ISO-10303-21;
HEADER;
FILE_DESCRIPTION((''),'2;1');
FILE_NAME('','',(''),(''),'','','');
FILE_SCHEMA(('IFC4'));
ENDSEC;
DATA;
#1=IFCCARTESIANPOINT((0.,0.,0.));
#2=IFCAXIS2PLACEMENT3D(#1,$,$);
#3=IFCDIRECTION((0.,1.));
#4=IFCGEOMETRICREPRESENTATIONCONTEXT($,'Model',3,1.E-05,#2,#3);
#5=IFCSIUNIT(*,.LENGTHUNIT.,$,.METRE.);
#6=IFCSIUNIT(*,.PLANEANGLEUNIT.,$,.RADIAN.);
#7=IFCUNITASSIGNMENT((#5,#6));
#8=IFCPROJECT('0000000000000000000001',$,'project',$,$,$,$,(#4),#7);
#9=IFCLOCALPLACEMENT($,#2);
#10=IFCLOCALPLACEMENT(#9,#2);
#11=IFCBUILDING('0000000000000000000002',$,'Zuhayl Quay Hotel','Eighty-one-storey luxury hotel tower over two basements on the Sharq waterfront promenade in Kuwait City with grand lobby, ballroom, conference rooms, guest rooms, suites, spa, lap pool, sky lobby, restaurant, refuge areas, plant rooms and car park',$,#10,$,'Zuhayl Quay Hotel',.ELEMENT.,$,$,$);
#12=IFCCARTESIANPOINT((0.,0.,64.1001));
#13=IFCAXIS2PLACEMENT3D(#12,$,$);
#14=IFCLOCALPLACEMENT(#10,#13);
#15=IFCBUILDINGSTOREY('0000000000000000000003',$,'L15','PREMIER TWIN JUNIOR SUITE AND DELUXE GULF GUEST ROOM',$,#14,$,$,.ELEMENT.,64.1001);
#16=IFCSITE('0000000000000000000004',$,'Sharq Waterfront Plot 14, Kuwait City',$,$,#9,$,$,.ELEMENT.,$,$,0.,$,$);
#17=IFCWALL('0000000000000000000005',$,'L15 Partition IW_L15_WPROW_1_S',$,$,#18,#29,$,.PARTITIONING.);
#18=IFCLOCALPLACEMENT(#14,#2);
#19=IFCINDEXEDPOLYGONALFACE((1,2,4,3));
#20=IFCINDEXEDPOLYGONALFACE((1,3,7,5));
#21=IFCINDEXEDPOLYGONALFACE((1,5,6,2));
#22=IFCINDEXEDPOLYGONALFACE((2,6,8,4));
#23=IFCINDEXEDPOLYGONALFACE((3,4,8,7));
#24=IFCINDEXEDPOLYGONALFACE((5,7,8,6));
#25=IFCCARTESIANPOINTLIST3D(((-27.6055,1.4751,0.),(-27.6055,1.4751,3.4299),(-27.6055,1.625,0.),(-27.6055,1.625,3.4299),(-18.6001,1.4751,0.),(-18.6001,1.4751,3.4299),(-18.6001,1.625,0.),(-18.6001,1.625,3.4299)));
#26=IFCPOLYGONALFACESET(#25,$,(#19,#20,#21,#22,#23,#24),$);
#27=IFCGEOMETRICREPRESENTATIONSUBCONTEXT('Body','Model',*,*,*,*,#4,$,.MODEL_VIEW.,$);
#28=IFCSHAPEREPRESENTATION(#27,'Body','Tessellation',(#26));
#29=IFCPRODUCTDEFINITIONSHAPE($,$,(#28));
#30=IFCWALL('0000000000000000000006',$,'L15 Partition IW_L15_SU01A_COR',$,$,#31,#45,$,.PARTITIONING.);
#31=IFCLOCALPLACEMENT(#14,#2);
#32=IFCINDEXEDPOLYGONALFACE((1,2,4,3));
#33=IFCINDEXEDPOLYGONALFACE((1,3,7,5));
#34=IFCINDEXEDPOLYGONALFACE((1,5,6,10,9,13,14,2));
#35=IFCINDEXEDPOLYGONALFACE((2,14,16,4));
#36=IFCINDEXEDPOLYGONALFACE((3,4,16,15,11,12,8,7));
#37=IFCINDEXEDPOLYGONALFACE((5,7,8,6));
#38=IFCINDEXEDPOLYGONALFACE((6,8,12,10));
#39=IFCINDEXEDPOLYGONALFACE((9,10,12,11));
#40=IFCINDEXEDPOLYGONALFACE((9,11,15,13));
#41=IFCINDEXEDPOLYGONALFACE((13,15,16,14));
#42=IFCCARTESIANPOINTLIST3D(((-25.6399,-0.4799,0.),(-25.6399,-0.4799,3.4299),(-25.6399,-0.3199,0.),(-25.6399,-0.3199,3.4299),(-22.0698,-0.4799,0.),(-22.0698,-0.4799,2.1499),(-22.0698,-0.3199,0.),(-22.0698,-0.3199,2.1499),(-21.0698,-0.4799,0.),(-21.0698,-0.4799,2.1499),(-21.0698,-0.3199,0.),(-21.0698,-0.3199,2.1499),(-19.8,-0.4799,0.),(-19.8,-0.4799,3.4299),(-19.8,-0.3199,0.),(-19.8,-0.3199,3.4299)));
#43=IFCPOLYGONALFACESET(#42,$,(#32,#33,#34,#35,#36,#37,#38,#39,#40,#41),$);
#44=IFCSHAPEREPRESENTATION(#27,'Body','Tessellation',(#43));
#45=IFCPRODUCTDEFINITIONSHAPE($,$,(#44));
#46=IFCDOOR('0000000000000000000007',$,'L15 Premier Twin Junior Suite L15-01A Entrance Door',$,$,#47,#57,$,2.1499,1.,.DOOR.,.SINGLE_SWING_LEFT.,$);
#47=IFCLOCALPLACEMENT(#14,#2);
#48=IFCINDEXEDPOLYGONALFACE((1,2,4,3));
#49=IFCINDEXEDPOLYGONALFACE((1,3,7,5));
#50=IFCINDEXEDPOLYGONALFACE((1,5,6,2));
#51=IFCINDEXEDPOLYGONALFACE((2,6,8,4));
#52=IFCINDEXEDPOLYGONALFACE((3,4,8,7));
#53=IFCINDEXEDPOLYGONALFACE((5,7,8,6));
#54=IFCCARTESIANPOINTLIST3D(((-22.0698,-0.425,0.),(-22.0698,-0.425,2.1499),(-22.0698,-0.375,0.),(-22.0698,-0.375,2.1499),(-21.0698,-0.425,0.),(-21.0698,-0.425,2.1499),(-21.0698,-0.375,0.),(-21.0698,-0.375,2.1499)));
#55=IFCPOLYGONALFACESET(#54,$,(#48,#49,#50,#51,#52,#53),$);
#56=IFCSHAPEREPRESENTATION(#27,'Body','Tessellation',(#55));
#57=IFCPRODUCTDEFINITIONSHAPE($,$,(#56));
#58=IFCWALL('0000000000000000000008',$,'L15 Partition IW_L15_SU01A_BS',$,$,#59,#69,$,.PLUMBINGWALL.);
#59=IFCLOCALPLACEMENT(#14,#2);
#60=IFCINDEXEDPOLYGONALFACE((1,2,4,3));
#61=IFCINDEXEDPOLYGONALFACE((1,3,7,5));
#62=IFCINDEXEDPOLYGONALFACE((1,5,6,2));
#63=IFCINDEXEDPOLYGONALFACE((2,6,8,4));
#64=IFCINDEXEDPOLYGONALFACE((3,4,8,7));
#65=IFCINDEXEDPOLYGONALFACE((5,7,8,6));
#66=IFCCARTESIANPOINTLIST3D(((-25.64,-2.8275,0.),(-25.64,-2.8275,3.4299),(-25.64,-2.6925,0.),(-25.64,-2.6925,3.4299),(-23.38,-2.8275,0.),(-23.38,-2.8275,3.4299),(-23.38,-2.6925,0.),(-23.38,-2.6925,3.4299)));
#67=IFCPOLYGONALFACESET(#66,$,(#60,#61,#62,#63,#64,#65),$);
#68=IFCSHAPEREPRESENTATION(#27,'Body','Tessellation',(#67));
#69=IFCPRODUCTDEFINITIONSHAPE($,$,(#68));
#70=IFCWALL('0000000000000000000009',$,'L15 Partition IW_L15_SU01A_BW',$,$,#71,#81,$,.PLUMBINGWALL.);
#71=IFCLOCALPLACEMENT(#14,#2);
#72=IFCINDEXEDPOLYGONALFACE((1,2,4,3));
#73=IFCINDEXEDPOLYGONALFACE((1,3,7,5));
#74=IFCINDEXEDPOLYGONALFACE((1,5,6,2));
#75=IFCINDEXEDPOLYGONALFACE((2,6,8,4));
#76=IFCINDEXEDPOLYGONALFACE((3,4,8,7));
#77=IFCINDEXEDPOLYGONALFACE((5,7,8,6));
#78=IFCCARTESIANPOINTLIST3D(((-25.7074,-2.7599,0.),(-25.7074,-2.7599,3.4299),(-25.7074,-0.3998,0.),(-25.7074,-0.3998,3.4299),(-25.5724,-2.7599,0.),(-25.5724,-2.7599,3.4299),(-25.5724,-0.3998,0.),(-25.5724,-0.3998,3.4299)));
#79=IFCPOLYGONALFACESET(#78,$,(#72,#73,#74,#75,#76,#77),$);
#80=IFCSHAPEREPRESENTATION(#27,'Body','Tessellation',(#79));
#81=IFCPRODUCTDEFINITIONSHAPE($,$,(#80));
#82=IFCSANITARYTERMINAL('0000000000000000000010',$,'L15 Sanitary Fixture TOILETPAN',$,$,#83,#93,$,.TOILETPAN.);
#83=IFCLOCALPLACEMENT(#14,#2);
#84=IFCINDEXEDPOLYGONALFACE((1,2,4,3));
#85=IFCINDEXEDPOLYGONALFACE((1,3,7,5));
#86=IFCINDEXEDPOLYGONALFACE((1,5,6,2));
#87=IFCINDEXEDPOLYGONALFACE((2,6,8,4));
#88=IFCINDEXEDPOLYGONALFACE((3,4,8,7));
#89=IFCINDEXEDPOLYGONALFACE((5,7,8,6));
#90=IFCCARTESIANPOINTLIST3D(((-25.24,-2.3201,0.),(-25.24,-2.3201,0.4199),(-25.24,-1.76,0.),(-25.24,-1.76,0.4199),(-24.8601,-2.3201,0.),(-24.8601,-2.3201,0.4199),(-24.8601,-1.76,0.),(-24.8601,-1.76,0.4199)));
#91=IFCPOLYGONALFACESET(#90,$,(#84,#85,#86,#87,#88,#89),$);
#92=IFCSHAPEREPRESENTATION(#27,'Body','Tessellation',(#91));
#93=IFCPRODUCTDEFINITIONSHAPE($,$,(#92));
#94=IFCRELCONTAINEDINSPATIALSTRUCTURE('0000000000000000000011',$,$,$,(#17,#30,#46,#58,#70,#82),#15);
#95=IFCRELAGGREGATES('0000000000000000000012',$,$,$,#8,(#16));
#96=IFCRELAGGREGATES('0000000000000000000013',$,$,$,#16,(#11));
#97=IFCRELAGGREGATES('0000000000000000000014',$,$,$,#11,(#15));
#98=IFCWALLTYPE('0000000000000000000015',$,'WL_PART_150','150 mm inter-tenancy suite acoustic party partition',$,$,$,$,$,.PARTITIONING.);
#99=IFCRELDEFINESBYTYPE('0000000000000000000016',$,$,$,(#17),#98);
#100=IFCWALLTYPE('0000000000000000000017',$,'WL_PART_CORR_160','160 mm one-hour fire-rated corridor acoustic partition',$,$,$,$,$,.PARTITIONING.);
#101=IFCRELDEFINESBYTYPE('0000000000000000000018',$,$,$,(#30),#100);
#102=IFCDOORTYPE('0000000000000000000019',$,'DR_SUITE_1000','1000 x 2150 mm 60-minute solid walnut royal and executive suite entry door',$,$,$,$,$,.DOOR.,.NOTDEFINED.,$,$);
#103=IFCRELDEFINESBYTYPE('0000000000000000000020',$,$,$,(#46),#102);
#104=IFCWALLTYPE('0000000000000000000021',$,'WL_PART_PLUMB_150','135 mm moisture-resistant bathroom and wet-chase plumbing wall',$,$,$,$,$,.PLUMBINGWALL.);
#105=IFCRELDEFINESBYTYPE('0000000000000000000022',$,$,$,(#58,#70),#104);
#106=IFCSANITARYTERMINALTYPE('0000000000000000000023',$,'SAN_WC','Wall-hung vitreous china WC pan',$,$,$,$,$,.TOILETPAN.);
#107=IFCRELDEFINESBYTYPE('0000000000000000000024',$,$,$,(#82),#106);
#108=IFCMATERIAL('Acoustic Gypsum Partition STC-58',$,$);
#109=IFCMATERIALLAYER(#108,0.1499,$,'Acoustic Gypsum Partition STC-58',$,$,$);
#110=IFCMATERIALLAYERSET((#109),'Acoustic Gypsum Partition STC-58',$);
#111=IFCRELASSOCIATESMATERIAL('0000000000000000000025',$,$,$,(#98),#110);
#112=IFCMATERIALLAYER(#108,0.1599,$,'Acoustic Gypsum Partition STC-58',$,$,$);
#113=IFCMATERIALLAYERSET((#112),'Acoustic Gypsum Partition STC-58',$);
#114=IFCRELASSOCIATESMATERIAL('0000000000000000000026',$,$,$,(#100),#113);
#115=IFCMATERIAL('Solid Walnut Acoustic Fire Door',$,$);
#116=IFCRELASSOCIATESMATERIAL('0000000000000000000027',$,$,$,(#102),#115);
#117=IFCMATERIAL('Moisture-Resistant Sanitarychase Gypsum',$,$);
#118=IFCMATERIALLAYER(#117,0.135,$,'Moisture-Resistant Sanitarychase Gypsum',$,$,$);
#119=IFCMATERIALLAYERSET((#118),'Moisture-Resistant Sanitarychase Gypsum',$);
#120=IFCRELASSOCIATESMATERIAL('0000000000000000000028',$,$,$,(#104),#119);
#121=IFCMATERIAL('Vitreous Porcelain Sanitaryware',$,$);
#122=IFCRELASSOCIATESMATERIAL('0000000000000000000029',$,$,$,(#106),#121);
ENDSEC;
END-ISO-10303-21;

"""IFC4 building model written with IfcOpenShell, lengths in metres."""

from ifc_helpers import new_model, si_unit, direction, frame, frame_2d, origin, origin_2d, place, context, subcontext, project, spatial, rectangle, extrude, material, layer, layer_set, type_object, element, fill, save


model = new_model("IFC4")

# Units and contexts
model_context = context("Model", 3, precision=1e-05, world=origin(), true_north=direction((0.0, 1.0)))
body_context = subcontext(model_context, "Body", "Model", "MODEL_VIEW")
ifc_project = project(units=[si_unit("LENGTHUNIT", "METRE"), si_unit("PLANEANGLEUNIT", "RADIAN")], contexts=[model_context])

# Site, building, storey
site_placement = place(None, origin())
site = spatial("IfcSite", under=ifc_project, at=site_placement, Name="Sharq Waterfront Plot 14, Kuwait City", CompositionType="ELEMENT", RefElevation=0.0)
building_placement = place(site_placement, origin())
building = spatial("IfcBuilding", under=site, at=building_placement, Name="Zuhayl Quay Hotel", Description="Eighty-one-storey luxury hotel tower over two basements on the Sharq waterfront promenade in Kuwait City with grand lobby, ballroom, conference rooms, guest rooms, suites, spa, lap pool, sky lobby, restaurant, refuge areas, plant rooms and car park", LongName="Zuhayl Quay Hotel", CompositionType="ELEMENT")
storey_placement = place(building_placement, frame((0.0, 0.0, 64.1001)))
storey = spatial("IfcBuildingStorey", under=building, at=storey_placement, Name="L15", Description="PREMIER TWIN JUNIOR SUITE AND DELUXE GULF GUEST ROOM", CompositionType="ELEMENT", Elevation=64.1001)

# Wall
ifc_material_1 = material(Name="Acoustic Gypsum Partition STC-58")
ifc_layer_1 = layer(ifc_material_1, 0.1499, Name="Acoustic Gypsum Partition STC-58")
ifc_layer_set_1 = layer_set([ifc_layer_1], Name="Acoustic Gypsum Partition STC-58")
wall_type_1 = type_object("IfcWallType", Name="WL_PART_150", Description="150 mm inter-tenancy suite acoustic party partition", PredefinedType="PARTITIONING", material=ifc_layer_set_1)
wall_1_placement = place(storey_placement, frame((-27.6055, 1.55, 0.0), z_axis=(0.0, 0.0, 1.0), x_axis=(1.0, 0.0, 0.0)))
element("IfcWall", 1, at=wall_1_placement, inside=storey, type_object=wall_type_1, Name="L15 Partition IW_L15_WPROW_1_S", PredefinedType="PARTITIONING", context=body_context, shape_type="SweptSolid", body=[
    extrude(rectangle(XDim=9.0054, YDim=0.1499, at=frame_2d((4.5027, 0.0))), origin(), (0.0, 0.0, 1.0), 3.4299),
])

# Wall, opening, door
ifc_layer_2 = layer(ifc_material_1, 0.1599, Name="Acoustic Gypsum Partition STC-58")
ifc_layer_set_2 = layer_set([ifc_layer_2], Name="Acoustic Gypsum Partition STC-58")
wall_type_2 = type_object("IfcWallType", Name="WL_PART_CORR_160", Description="160 mm one-hour fire-rated corridor acoustic partition", PredefinedType="PARTITIONING", material=ifc_layer_set_2)
wall_2_placement = place(storey_placement, frame((-25.6399, -0.3999, 0.0), z_axis=(0.0, 0.0, 1.0), x_axis=(1.0, 0.0, 0.0)))
wall_2 = element("IfcWall", 2, at=wall_2_placement, inside=storey, type_object=wall_type_2, Name="L15 Partition IW_L15_SU01A_COR", PredefinedType="PARTITIONING", context=body_context, shape_type="SweptSolid", body=[
    extrude(rectangle(XDim=5.8398, YDim=0.1599, at=frame_2d((2.9199, 0.0))), origin(), (0.0, 0.0, 1.0), 3.4299),
])
opening_1_placement = place(wall_2_placement, frame((3.5701, 0.0, 0.0)))
opening_1 = element("IfcOpeningElement", 3, at=opening_1_placement, cuts=wall_2, PredefinedType="OPENING", context=body_context, shape_type="SweptSolid", body=[
    extrude(rectangle(XDim=1.0, YDim=2.1499, at=frame_2d((0.5, 1.075))), frame((0.0, 0.0898, 0.0), z_axis=(0.0, -1.0, 0.0), x_axis=(1.0, 0.0, 0.0)), (0.0, 0.0, 1.0), 0.1799),
])
ifc_material_2 = material(Name="Solid Walnut Acoustic Fire Door")
door_type = type_object("IfcDoorType", Name="DR_SUITE_1000", Description="1000 x 2150 mm 60-minute solid walnut royal and executive suite entry door", OperationType="NOTDEFINED", PredefinedType="DOOR", material=ifc_material_2)
door_placement = place(opening_1_placement, origin())
door = element("IfcDoor", 4, at=door_placement, inside=storey, type_object=door_type, Name="L15 Premier Twin Junior Suite L15-01A Entrance Door", OperationType="SINGLE_SWING_LEFT", OverallHeight=2.1499, OverallWidth=1.0, PredefinedType="DOOR", context=body_context, shape_type="SweptSolid", body=[
    extrude(rectangle(XDim=1.0, YDim=2.1499, at=frame_2d((0.5, 1.075))), frame((0.0, 0.0249, 0.0), z_axis=(0.0, -1.0, 0.0), x_axis=(1.0, 0.0, 0.0)), (0.0, 0.0, 1.0), 0.05),
])
fill(opening_1, door)

# Walls
ifc_material_3 = material(Name="Moisture-Resistant Sanitarychase Gypsum")
ifc_layer_3 = layer(ifc_material_3, 0.135, Name="Moisture-Resistant Sanitarychase Gypsum")
ifc_layer_set_3 = layer_set([ifc_layer_3], Name="Moisture-Resistant Sanitarychase Gypsum")
wall_type_3 = type_object("IfcWallType", Name="WL_PART_PLUMB_150", Description="135 mm moisture-resistant bathroom and wet-chase plumbing wall", PredefinedType="PLUMBINGWALL", material=ifc_layer_set_3)
wall_3_placement = place(storey_placement, frame((-25.6399, -2.76, 0.0), z_axis=(0.0, 0.0, 1.0), x_axis=(1.0, 0.0, 0.0)))
element("IfcWall", 5, at=wall_3_placement, inside=storey, type_object=wall_type_3, Name="L15 Partition IW_L15_SU01A_BS", PredefinedType="PLUMBINGWALL", context=body_context, shape_type="SweptSolid", body=[
    extrude(rectangle(XDim=2.26, YDim=0.135, at=frame_2d((1.1299, 0.0))), origin(), (0.0, 0.0, 1.0), 3.4299),
])
wall_4_placement = place(storey_placement, frame((-25.6399, -2.76, 0.0), z_axis=(0.0, 0.0, 1.0), x_axis=(0.0, 1.0, 0.0)))
element("IfcWall", 6, at=wall_4_placement, inside=storey, type_object=wall_type_3, Name="L15 Partition IW_L15_SU01A_BW", PredefinedType="PLUMBINGWALL", context=body_context, shape_type="SweptSolid", body=[
    extrude(rectangle(XDim=2.3601, YDim=0.135, at=frame_2d((1.1802, 0.0))), origin(), (0.0, 0.0, 1.0), 3.4299),
])

# Sanitary terminal
ifc_material_4 = material(Name="Vitreous Porcelain Sanitaryware")
sanitary_terminal_type = type_object("IfcSanitaryTerminalType", Name="SAN_WC", Description="Wall-hung vitreous china WC pan", PredefinedType="TOILETPAN", material=ifc_material_4)
sanitary_terminal_placement = place(storey_placement, frame((-25.05, -2.04, 0.0), z_axis=(0.0, 0.0, 1.0), x_axis=(1.0, 0.0, 0.0)))
element("IfcSanitaryTerminal", 7, at=sanitary_terminal_placement, inside=storey, type_object=sanitary_terminal_type, Name="L15 Sanitary Fixture TOILETPAN", PredefinedType="TOILETPAN", context=body_context, shape_type="SweptSolid", body=[
    extrude(rectangle(XDim=0.3799, YDim=0.5601, at=origin_2d()), origin(), (0.0, 0.0, 1.0), 0.4199),
])

save(model, "model.ifc")
